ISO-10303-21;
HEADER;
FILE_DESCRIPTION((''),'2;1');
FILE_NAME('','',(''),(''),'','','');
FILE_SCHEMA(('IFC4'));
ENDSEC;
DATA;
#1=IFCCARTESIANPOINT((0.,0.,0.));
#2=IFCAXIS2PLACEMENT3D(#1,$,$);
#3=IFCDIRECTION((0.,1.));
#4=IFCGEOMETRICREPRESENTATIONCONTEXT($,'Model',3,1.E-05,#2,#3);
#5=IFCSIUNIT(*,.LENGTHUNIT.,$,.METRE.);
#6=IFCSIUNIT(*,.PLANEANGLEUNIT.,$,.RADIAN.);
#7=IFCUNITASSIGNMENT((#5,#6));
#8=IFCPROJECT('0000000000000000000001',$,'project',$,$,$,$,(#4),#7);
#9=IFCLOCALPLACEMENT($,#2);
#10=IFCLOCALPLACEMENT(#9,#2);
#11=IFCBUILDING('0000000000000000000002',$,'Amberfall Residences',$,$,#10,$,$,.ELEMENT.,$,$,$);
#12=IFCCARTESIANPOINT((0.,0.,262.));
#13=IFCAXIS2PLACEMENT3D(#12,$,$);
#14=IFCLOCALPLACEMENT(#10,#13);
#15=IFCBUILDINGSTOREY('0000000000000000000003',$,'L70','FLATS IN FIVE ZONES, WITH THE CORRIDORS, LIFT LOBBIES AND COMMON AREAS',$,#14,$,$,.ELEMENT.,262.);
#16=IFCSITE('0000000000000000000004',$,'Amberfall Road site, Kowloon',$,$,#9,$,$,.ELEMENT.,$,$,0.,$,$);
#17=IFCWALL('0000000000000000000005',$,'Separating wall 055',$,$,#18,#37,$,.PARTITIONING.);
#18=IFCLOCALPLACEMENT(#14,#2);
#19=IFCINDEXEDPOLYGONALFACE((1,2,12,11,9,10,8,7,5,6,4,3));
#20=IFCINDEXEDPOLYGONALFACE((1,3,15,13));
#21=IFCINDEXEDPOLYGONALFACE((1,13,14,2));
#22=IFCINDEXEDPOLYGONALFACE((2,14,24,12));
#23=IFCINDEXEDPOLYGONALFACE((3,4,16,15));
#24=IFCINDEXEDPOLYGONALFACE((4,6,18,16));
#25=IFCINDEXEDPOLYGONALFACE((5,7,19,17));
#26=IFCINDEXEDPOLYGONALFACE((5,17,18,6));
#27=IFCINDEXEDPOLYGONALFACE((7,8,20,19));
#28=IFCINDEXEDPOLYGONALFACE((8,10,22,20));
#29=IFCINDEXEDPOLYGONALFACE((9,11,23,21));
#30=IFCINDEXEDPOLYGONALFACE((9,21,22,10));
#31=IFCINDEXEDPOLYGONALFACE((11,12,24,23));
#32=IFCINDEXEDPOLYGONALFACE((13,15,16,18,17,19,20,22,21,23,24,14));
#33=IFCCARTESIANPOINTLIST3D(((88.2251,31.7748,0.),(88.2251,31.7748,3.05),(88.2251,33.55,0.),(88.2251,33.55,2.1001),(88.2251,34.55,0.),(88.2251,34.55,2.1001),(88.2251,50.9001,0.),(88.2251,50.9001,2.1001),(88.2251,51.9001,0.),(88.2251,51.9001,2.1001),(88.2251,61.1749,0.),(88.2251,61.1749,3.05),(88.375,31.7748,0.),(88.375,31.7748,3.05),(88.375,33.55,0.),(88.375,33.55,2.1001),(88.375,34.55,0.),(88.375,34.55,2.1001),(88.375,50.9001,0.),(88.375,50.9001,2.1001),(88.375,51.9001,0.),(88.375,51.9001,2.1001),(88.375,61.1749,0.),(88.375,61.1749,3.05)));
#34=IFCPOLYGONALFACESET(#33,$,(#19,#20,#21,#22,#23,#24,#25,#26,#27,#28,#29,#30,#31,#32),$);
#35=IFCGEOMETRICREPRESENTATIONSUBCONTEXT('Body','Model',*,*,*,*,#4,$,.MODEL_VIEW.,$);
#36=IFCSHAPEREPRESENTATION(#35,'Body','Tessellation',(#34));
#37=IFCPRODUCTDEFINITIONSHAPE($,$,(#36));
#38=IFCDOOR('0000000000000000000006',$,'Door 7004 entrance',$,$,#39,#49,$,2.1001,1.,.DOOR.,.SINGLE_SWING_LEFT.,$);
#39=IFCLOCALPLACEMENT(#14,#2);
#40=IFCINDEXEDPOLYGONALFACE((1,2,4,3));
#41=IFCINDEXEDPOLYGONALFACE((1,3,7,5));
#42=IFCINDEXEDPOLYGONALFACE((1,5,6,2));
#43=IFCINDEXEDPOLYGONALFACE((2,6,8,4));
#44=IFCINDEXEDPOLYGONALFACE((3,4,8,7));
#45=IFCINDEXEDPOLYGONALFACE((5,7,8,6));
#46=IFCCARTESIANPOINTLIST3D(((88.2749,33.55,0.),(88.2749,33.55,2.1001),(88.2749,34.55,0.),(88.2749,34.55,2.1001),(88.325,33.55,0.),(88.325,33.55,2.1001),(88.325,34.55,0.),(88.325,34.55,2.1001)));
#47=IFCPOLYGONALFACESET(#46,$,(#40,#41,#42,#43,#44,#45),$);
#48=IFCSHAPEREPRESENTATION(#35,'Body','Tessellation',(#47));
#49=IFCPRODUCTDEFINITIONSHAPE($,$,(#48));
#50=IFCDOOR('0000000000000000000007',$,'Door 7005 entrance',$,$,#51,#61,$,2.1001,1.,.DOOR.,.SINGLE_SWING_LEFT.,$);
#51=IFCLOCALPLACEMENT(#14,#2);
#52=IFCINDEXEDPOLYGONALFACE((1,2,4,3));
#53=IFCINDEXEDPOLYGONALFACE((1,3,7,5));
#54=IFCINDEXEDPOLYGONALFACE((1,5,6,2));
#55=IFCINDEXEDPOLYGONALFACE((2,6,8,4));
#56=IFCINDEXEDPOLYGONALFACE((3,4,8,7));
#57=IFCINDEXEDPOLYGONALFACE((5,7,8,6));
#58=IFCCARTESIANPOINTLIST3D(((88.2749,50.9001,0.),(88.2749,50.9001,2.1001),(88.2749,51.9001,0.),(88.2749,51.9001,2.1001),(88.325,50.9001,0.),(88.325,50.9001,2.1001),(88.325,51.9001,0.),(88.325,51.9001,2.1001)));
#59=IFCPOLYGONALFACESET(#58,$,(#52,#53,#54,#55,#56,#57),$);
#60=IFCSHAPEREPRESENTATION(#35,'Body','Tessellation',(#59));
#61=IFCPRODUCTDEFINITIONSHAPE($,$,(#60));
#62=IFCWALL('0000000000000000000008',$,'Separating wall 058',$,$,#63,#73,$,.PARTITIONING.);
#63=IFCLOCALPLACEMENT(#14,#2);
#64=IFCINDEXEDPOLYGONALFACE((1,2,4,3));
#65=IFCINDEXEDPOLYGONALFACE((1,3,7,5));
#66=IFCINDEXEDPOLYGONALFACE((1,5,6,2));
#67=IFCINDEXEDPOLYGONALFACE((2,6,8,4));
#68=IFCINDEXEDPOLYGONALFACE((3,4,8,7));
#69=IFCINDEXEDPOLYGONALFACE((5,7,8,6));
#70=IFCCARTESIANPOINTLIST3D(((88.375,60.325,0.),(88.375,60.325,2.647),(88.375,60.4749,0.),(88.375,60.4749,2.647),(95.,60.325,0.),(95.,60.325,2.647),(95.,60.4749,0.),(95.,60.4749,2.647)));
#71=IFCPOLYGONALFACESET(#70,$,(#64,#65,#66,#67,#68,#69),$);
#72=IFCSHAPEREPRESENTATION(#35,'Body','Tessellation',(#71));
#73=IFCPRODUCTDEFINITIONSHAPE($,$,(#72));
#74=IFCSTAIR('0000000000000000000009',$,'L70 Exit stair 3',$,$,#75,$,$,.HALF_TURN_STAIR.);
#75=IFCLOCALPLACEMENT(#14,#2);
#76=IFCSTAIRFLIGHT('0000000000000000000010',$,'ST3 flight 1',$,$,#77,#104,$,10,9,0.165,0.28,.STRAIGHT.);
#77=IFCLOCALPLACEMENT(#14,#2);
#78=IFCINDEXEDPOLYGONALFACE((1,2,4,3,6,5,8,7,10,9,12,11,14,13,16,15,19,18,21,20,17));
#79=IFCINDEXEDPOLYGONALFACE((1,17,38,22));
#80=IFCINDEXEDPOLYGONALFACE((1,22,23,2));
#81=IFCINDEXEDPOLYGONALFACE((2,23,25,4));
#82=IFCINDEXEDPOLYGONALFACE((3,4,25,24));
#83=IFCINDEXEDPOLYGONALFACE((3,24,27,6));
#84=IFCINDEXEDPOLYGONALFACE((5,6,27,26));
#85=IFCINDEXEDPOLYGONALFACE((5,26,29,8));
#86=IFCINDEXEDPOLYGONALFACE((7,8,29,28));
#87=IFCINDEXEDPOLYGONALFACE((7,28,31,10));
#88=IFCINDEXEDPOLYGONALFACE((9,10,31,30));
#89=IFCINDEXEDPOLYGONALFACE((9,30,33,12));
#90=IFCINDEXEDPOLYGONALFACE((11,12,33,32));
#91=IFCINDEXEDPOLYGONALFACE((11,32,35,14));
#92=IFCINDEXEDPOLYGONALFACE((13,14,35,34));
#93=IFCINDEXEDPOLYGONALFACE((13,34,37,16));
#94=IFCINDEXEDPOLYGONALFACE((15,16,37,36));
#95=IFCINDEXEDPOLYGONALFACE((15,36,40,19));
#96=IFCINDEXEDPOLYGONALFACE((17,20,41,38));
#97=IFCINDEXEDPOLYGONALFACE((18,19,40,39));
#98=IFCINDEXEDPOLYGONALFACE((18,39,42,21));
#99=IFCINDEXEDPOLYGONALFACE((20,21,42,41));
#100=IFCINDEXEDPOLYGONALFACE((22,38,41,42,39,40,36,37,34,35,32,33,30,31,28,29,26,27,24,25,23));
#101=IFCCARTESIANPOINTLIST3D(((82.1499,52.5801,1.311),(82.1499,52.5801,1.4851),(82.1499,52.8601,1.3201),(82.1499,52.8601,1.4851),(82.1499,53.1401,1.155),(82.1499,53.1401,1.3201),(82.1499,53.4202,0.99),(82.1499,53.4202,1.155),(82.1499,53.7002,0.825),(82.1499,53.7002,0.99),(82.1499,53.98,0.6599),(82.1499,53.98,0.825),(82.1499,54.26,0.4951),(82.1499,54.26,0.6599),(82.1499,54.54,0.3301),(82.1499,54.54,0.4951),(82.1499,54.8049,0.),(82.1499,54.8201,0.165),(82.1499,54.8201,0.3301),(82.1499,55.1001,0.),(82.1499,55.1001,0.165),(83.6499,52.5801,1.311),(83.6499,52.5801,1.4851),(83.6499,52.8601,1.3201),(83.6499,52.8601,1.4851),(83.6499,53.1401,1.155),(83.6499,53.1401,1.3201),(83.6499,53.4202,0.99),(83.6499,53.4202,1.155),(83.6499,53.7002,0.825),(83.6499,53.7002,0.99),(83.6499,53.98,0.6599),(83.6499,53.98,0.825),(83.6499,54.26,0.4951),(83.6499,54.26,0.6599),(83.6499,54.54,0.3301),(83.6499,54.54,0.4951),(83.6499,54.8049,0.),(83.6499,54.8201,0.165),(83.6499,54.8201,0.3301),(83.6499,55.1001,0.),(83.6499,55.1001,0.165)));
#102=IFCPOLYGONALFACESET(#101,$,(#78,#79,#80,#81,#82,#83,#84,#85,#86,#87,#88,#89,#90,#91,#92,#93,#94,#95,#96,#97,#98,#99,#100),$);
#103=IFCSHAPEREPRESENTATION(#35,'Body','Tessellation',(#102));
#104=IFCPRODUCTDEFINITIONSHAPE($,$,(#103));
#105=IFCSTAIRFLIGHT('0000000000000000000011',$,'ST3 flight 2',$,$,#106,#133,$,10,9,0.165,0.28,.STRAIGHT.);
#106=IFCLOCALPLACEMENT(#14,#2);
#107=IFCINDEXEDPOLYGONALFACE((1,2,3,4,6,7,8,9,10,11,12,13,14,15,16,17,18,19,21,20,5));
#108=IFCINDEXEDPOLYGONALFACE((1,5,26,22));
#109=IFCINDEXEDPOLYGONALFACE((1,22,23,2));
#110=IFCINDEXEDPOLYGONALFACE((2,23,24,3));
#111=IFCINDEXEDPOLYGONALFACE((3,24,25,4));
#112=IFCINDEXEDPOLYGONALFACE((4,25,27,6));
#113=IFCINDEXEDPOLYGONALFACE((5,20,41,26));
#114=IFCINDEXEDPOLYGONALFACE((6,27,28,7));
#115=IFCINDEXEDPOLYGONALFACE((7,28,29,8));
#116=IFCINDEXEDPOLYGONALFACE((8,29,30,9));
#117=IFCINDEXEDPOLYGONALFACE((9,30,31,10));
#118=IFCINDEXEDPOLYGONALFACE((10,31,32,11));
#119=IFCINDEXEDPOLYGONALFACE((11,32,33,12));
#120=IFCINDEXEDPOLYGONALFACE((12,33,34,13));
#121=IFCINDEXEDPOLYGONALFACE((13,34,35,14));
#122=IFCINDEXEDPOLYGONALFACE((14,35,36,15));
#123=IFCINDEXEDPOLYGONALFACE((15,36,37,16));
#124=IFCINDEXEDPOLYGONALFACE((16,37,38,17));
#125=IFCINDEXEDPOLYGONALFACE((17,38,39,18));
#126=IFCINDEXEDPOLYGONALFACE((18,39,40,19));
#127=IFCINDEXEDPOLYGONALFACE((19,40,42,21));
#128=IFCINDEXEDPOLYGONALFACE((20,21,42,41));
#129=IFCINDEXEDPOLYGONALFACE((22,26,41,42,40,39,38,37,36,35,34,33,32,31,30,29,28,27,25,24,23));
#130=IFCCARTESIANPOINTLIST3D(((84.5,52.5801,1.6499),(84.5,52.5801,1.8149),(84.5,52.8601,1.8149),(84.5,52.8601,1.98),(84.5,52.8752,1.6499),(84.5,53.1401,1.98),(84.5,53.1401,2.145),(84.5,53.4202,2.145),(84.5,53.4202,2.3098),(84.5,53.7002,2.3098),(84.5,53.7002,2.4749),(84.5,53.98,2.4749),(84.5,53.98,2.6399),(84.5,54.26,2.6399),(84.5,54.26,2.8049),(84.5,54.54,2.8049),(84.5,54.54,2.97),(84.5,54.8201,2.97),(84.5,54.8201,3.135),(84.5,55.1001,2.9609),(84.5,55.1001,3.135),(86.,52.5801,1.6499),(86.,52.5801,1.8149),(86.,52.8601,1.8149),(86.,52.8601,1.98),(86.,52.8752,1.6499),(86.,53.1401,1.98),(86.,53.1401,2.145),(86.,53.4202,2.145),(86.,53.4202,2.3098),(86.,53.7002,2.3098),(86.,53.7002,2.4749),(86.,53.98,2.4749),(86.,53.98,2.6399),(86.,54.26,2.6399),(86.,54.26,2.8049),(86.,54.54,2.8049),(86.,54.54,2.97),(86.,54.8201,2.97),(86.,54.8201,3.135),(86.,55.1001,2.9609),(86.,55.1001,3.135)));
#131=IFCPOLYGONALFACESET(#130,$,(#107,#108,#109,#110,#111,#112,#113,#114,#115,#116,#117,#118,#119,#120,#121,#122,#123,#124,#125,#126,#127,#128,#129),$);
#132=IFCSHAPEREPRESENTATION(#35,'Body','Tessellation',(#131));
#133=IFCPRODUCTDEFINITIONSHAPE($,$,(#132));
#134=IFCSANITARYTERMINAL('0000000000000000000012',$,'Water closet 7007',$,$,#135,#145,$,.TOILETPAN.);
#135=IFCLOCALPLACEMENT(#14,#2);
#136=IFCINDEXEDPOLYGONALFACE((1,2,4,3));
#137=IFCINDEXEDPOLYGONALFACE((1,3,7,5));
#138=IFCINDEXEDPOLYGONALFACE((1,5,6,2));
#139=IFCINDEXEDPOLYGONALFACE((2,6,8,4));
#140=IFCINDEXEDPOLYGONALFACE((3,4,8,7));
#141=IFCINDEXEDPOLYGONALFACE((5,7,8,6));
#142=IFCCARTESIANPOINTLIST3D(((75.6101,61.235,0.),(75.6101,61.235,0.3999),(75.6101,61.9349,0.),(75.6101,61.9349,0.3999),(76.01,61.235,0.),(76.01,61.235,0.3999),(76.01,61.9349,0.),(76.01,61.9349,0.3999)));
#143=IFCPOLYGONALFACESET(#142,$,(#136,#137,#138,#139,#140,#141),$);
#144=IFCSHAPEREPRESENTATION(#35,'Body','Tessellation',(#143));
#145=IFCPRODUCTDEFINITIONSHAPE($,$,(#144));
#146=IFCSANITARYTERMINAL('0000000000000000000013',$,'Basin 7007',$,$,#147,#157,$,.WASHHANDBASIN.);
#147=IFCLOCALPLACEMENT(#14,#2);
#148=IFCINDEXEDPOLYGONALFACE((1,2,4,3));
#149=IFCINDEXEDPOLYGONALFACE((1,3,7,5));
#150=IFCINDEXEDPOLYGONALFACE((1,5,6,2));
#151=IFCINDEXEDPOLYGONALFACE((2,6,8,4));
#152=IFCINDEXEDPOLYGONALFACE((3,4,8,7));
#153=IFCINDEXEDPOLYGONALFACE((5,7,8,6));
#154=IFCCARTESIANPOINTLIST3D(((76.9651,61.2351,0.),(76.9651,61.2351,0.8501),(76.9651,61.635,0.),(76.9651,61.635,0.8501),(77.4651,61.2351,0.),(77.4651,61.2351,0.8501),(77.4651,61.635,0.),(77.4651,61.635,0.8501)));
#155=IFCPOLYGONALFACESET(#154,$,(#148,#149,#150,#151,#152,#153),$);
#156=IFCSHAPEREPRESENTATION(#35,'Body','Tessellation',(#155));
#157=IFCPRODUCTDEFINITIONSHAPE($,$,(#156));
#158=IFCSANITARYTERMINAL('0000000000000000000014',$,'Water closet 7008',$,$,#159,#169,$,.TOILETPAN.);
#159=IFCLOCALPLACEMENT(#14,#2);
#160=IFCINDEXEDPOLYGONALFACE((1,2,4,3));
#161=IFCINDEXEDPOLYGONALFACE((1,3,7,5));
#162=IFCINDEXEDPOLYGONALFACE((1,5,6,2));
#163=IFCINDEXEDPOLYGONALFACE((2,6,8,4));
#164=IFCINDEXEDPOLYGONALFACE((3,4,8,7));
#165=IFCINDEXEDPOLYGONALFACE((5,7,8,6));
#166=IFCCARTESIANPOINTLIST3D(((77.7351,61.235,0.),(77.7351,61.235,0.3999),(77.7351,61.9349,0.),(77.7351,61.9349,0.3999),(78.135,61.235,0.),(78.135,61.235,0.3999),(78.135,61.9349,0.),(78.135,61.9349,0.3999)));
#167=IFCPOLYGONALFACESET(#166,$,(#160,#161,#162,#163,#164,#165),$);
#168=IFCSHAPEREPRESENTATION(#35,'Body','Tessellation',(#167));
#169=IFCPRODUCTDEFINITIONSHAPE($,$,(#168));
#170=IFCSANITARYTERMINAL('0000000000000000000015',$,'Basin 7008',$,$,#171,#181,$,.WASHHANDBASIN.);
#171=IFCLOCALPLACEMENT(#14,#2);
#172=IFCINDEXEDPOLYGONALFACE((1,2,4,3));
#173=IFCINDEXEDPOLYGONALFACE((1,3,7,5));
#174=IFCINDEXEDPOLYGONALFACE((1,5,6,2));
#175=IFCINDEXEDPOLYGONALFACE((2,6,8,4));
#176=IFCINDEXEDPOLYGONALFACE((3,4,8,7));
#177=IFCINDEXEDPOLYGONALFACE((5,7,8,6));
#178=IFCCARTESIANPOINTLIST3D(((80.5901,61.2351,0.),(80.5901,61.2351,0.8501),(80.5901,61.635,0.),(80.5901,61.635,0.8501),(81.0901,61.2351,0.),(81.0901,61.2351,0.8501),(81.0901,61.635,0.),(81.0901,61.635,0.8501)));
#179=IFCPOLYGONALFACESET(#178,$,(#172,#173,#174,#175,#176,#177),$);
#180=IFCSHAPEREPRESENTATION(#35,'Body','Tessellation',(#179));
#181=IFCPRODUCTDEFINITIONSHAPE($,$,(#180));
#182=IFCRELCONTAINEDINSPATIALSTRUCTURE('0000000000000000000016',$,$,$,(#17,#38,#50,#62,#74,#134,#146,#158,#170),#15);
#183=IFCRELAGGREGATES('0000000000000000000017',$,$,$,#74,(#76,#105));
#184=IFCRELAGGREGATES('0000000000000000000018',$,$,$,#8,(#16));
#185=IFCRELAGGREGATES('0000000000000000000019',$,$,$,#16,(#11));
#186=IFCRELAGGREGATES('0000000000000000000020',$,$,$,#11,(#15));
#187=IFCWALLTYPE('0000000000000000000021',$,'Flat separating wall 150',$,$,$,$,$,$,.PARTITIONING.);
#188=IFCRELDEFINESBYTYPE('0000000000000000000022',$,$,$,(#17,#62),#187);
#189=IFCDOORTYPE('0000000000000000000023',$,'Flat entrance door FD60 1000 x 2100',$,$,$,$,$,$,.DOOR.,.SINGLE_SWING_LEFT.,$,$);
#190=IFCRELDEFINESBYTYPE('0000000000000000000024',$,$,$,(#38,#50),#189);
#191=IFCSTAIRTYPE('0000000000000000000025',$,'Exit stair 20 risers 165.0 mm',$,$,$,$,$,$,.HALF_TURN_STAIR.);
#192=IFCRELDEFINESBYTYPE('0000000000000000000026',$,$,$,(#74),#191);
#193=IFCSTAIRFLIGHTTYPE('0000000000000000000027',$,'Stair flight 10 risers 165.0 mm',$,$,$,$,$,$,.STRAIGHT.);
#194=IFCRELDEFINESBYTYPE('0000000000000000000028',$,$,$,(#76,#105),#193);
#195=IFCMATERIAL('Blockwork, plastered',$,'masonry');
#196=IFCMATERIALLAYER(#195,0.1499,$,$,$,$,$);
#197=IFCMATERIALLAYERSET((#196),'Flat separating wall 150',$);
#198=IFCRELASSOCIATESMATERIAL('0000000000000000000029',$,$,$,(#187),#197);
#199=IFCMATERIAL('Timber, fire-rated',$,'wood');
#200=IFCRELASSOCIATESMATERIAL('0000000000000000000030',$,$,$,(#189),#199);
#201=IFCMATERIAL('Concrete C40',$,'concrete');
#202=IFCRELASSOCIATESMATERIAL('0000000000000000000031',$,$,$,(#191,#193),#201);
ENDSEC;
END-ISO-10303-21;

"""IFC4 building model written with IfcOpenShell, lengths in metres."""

from ifc_helpers import new_model, si_unit, direction, frame, frame_2d, origin, origin_2d, place, context, subcontext, project, spatial, polyline, rectangle, outline, extrude, material, layer, layer_set, type_object, element, fill, aggregate, save


model = new_model("IFC4")

# Units and contexts
model_context = context("Model", 3, precision=1e-05, world=origin(), true_north=direction((0.0, 1.0)))
body_context = subcontext(model_context, "Body", "Model", "MODEL_VIEW")
ifc_project = project(units=[si_unit("LENGTHUNIT", "METRE"), si_unit("PLANEANGLEUNIT", "RADIAN")], contexts=[model_context])

# Site, building, storey
site_placement = place(None, origin())
site = spatial("IfcSite", under=ifc_project, at=site_placement, Name="Amberfall Road site, Kowloon", CompositionType="ELEMENT", RefElevation=0.0)
building_placement = place(site_placement, origin())
building = spatial("IfcBuilding", under=site, at=building_placement, Name="Amberfall Residences", CompositionType="ELEMENT")
storey_placement = place(building_placement, frame((0.0, 0.0, 262.0)))
storey = spatial("IfcBuildingStorey", under=building, at=storey_placement, Name="L70", Description="FLATS IN FIVE ZONES, WITH THE CORRIDORS, LIFT LOBBIES AND COMMON AREAS", CompositionType="ELEMENT", Elevation=262.0)

# Shared definitions
ifc_material_1 = material(Name="Blockwork, plastered", Category="masonry")
ifc_layer_1 = layer(ifc_material_1, 0.1499)
ifc_layer_set_1 = layer_set([ifc_layer_1], Name="Flat separating wall 150")
wall_type_1 = type_object("IfcWallType", Name="Flat separating wall 150", PredefinedType="PARTITIONING", material=ifc_layer_set_1)

# Wall, openings, doors
wall_1_placement = place(storey_placement, frame((88.3, 61.175, 0.0), z_axis=(0.0, 0.0, 1.0), x_axis=(0.0, -1.0, 0.0)))
wall_1 = element("IfcWall", 1, at=wall_1_placement, inside=storey, type_object=wall_type_1, Name="Separating wall 055", PredefinedType="PARTITIONING", context=body_context, shape_type="SweptSolid", body=[
    extrude(rectangle(XDim=29.4001, YDim=0.1499, at=frame_2d((14.7002, 0.0))), origin(), (0.0, 0.0, 1.0), 3.05),
])
opening_1_placement = place(wall_1_placement, frame((26.625, 0.0, 0.0)))
opening_1 = element("IfcOpeningElement", 2, at=opening_1_placement, cuts=wall_1, PredefinedType="OPENING", context=body_context, shape_type="SweptSolid", body=[
    extrude(rectangle(XDim=1.0, YDim=2.1001, at=frame_2d((0.5, 1.05))), frame((0.0, 0.085, 0.0), z_axis=(0.0, -1.0, 0.0), x_axis=(1.0, 0.0, 0.0)), (0.0, 0.0, 1.0), 0.1699),
])
opening_2_placement = place(wall_1_placement, frame((9.2749, 0.0, 0.0)))
opening_2 = element("IfcOpeningElement", 3, at=opening_2_placement, cuts=wall_1, PredefinedType="OPENING", context=body_context, shape_type="SweptSolid", body=[
    extrude(rectangle(XDim=1.0, YDim=2.1001, at=frame_2d((0.5, 1.05))), frame((0.0, 0.085, 0.0), z_axis=(0.0, -1.0, 0.0), x_axis=(1.0, 0.0, 0.0)), (0.0, 0.0, 1.0), 0.1699),
])
ifc_material_2 = material(Name="Timber, fire-rated", Category="wood")
door_type_1 = type_object("IfcDoorType", Name="Flat entrance door FD60 1000 x 2100", OperationType="SINGLE_SWING_LEFT", PredefinedType="DOOR", material=ifc_material_2)
door_1_placement = place(opening_1_placement, origin())
door_1 = element("IfcDoor", 4, at=door_1_placement, inside=storey, type_object=door_type_1, Name="Door 7004 entrance", OperationType="SINGLE_SWING_LEFT", OverallHeight=2.1001, OverallWidth=1.0, PredefinedType="DOOR", context=body_context, shape_type="SweptSolid", body=[
    extrude(rectangle(XDim=1.0, YDim=2.1001, at=frame_2d((0.5, 1.05))), frame((0.0, 0.0249, 0.0), z_axis=(0.0, -1.0, 0.0), x_axis=(1.0, 0.0, 0.0)), (0.0, 0.0, 1.0), 0.05),
])
fill(opening_1, door_1)
door_2_placement = place(opening_2_placement, origin())
door_2 = element("IfcDoor", 5, at=door_2_placement, inside=storey, type_object=door_type_1, Name="Door 7005 entrance", OperationType="SINGLE_SWING_LEFT", OverallHeight=2.1001, OverallWidth=1.0, PredefinedType="DOOR", context=body_context, shape_type="SweptSolid", body=[
    extrude(rectangle(XDim=1.0, YDim=2.1001, at=frame_2d((0.5, 1.05))), frame((0.0, 0.0249, 0.0), z_axis=(0.0, -1.0, 0.0), x_axis=(1.0, 0.0, 0.0)), (0.0, 0.0, 1.0), 0.05),
])
fill(opening_2, door_2)

# Wall
wall_2_placement = place(storey_placement, frame((88.375, 60.3999, 0.0), z_axis=(0.0, 0.0, 1.0), x_axis=(1.0, 0.0, 0.0)))
element("IfcWall", 6, at=wall_2_placement, inside=storey, type_object=wall_type_1, Name="Separating wall 058", PredefinedType="PARTITIONING", context=body_context, shape_type="SweptSolid", body=[
    extrude(rectangle(XDim=6.625, YDim=0.1499, at=frame_2d((3.3125, 0.0))), origin(), (0.0, 0.0, 1.0), 2.647),
])

# Stair, stair flights
ifc_material_3 = material(Name="Concrete C40", Category="concrete")
stair_type = type_object("IfcStairType", Name="Exit stair 20 risers 165.0 mm", PredefinedType="HALF_TURN_STAIR", material=ifc_material_3)
stair_placement = place(storey_placement, origin())
stair = element("IfcStair", 7, at=stair_placement, inside=storey, type_object=stair_type, Name="L70 Exit stair 3", PredefinedType="HALF_TURN_STAIR")
stair_flight_type = type_object("IfcStairFlightType", Name="Stair flight 10 risers 165.0 mm", PredefinedType="STRAIGHT", material=ifc_material_3)
stair_flight_1_placement = place(storey_placement, frame((82.8999, 55.1001, 0.0), z_axis=(0.0, 0.0, 1.0), x_axis=(0.0, -1.0, 0.0)))
stair_flight_1 = element("IfcStairFlight", 8, at=stair_flight_1_placement, type_object=stair_flight_type, Name="ST3 flight 1", NumberOfRisers=10, NumberOfTreads=9, PredefinedType="STRAIGHT", RiserHeight=0.165, TreadLength=0.28, context=body_context, shape_type="SweptSolid", body=[
    extrude(outline(polyline([(0.0, 0.0), (0.0, 0.165), (0.28, 0.165), (0.28, 0.3301), (0.5601, 0.3301), (0.5601, 0.4951), (0.8401, 0.4951), (0.8401, 0.6599), (1.1201, 0.6599), (1.1201, 0.825), (1.3999, 0.825), (1.3999, 0.99), (1.6799, 0.99), (1.6799, 1.155), (1.96, 1.155), (1.96, 1.3201), (2.24, 1.3201), (2.24, 1.4851), (2.52, 1.4851), (2.52, 1.6499), (2.52, 1.311), (0.2952, 0.0), (0.0, 0.0)])), frame((0.0, 0.75, 0.0), z_axis=(0.0, -1.0, 0.0), x_axis=(1.0, 0.0, 0.0)), (0.0, 0.0, 1.0), 1.5),
])
stair_flight_2_placement = place(storey_placement, frame((85.25, 52.5801, 1.6499), z_axis=(0.0, 0.0, 1.0), x_axis=(0.0, 1.0, 0.0)))
stair_flight_2 = element("IfcStairFlight", 9, at=stair_flight_2_placement, type_object=stair_flight_type, Name="ST3 flight 2", NumberOfRisers=10, NumberOfTreads=9, PredefinedType="STRAIGHT", RiserHeight=0.165, TreadLength=0.28, context=body_context, shape_type="SweptSolid", body=[
    extrude(outline(polyline([(0.0, 0.0), (0.0, 0.165), (0.28, 0.165), (0.28, 0.3301), (0.5601, 0.3301), (0.5601, 0.4951), (0.8401, 0.4951), (0.8401, 0.6599), (1.1201, 0.6599), (1.1201, 0.825), (1.3999, 0.825), (1.3999, 0.99), (1.6799, 0.99), (1.6799, 1.155), (1.96, 1.155), (1.96, 1.3201), (2.24, 1.3201), (2.24, 1.4851), (2.52, 1.4851), (2.52, 1.6499), (2.52, 1.311), (0.2952, 0.0), (0.0, 0.0)])), frame((0.0, 0.75, 0.0), z_axis=(0.0, -1.0, 0.0), x_axis=(1.0, 0.0, 0.0)), (0.0, 0.0, 1.0), 1.5),
])
aggregate(stair, [stair_flight_1, stair_flight_2])

# Sanitary terminals
sanitary_terminal_1_placement = place(storey_placement, frame((75.8101, 61.585, 0.0), z_axis=(0.0, 0.0, 1.0), x_axis=(1.0, 0.0, 0.0)))
element("IfcSanitaryTerminal", 10, at=sanitary_terminal_1_placement, inside=storey, Name="Water closet 7007", PredefinedType="TOILETPAN", context=body_context, shape_type="SweptSolid", body=[
    extrude(rectangle(XDim=0.3999, YDim=0.7, at=origin_2d()), origin(), (0.0, 0.0, 1.0), 0.3999),
])
sanitary_terminal_2_placement = place(storey_placement, frame((77.2151, 61.4351, 0.0), z_axis=(0.0, 0.0, 1.0), x_axis=(1.0, 0.0, 0.0)))
element("IfcSanitaryTerminal", 11, at=sanitary_terminal_2_placement, inside=storey, Name="Basin 7007", PredefinedType="WASHHANDBASIN", context=body_context, shape_type="SweptSolid", body=[
    extrude(rectangle(XDim=0.5, YDim=0.3999, at=origin_2d()), origin(), (0.0, 0.0, 1.0), 0.8501),
])
sanitary_terminal_3_placement = place(storey_placement, frame((77.9351, 61.585, 0.0), z_axis=(0.0, 0.0, 1.0), x_axis=(1.0, 0.0, 0.0)))
element("IfcSanitaryTerminal", 12, at=sanitary_terminal_3_placement, inside=storey, Name="Water closet 7008", PredefinedType="TOILETPAN", context=body_context, shape_type="SweptSolid", body=[
    extrude(rectangle(XDim=0.3999, YDim=0.7, at=origin_2d()), origin(), (0.0, 0.0, 1.0), 0.3999),
])
sanitary_terminal_4_placement = place(storey_placement, frame((80.8401, 61.4351, 0.0), z_axis=(0.0, 0.0, 1.0), x_axis=(1.0, 0.0, 0.0)))
element("IfcSanitaryTerminal", 13, at=sanitary_terminal_4_placement, inside=storey, Name="Basin 7008", PredefinedType="WASHHANDBASIN", context=body_context, shape_type="SweptSolid", body=[
    extrude(rectangle(XDim=0.5, YDim=0.3999, at=origin_2d()), origin(), (0.0, 0.0, 1.0), 0.8501),
])

save(model, "model.ifc")
